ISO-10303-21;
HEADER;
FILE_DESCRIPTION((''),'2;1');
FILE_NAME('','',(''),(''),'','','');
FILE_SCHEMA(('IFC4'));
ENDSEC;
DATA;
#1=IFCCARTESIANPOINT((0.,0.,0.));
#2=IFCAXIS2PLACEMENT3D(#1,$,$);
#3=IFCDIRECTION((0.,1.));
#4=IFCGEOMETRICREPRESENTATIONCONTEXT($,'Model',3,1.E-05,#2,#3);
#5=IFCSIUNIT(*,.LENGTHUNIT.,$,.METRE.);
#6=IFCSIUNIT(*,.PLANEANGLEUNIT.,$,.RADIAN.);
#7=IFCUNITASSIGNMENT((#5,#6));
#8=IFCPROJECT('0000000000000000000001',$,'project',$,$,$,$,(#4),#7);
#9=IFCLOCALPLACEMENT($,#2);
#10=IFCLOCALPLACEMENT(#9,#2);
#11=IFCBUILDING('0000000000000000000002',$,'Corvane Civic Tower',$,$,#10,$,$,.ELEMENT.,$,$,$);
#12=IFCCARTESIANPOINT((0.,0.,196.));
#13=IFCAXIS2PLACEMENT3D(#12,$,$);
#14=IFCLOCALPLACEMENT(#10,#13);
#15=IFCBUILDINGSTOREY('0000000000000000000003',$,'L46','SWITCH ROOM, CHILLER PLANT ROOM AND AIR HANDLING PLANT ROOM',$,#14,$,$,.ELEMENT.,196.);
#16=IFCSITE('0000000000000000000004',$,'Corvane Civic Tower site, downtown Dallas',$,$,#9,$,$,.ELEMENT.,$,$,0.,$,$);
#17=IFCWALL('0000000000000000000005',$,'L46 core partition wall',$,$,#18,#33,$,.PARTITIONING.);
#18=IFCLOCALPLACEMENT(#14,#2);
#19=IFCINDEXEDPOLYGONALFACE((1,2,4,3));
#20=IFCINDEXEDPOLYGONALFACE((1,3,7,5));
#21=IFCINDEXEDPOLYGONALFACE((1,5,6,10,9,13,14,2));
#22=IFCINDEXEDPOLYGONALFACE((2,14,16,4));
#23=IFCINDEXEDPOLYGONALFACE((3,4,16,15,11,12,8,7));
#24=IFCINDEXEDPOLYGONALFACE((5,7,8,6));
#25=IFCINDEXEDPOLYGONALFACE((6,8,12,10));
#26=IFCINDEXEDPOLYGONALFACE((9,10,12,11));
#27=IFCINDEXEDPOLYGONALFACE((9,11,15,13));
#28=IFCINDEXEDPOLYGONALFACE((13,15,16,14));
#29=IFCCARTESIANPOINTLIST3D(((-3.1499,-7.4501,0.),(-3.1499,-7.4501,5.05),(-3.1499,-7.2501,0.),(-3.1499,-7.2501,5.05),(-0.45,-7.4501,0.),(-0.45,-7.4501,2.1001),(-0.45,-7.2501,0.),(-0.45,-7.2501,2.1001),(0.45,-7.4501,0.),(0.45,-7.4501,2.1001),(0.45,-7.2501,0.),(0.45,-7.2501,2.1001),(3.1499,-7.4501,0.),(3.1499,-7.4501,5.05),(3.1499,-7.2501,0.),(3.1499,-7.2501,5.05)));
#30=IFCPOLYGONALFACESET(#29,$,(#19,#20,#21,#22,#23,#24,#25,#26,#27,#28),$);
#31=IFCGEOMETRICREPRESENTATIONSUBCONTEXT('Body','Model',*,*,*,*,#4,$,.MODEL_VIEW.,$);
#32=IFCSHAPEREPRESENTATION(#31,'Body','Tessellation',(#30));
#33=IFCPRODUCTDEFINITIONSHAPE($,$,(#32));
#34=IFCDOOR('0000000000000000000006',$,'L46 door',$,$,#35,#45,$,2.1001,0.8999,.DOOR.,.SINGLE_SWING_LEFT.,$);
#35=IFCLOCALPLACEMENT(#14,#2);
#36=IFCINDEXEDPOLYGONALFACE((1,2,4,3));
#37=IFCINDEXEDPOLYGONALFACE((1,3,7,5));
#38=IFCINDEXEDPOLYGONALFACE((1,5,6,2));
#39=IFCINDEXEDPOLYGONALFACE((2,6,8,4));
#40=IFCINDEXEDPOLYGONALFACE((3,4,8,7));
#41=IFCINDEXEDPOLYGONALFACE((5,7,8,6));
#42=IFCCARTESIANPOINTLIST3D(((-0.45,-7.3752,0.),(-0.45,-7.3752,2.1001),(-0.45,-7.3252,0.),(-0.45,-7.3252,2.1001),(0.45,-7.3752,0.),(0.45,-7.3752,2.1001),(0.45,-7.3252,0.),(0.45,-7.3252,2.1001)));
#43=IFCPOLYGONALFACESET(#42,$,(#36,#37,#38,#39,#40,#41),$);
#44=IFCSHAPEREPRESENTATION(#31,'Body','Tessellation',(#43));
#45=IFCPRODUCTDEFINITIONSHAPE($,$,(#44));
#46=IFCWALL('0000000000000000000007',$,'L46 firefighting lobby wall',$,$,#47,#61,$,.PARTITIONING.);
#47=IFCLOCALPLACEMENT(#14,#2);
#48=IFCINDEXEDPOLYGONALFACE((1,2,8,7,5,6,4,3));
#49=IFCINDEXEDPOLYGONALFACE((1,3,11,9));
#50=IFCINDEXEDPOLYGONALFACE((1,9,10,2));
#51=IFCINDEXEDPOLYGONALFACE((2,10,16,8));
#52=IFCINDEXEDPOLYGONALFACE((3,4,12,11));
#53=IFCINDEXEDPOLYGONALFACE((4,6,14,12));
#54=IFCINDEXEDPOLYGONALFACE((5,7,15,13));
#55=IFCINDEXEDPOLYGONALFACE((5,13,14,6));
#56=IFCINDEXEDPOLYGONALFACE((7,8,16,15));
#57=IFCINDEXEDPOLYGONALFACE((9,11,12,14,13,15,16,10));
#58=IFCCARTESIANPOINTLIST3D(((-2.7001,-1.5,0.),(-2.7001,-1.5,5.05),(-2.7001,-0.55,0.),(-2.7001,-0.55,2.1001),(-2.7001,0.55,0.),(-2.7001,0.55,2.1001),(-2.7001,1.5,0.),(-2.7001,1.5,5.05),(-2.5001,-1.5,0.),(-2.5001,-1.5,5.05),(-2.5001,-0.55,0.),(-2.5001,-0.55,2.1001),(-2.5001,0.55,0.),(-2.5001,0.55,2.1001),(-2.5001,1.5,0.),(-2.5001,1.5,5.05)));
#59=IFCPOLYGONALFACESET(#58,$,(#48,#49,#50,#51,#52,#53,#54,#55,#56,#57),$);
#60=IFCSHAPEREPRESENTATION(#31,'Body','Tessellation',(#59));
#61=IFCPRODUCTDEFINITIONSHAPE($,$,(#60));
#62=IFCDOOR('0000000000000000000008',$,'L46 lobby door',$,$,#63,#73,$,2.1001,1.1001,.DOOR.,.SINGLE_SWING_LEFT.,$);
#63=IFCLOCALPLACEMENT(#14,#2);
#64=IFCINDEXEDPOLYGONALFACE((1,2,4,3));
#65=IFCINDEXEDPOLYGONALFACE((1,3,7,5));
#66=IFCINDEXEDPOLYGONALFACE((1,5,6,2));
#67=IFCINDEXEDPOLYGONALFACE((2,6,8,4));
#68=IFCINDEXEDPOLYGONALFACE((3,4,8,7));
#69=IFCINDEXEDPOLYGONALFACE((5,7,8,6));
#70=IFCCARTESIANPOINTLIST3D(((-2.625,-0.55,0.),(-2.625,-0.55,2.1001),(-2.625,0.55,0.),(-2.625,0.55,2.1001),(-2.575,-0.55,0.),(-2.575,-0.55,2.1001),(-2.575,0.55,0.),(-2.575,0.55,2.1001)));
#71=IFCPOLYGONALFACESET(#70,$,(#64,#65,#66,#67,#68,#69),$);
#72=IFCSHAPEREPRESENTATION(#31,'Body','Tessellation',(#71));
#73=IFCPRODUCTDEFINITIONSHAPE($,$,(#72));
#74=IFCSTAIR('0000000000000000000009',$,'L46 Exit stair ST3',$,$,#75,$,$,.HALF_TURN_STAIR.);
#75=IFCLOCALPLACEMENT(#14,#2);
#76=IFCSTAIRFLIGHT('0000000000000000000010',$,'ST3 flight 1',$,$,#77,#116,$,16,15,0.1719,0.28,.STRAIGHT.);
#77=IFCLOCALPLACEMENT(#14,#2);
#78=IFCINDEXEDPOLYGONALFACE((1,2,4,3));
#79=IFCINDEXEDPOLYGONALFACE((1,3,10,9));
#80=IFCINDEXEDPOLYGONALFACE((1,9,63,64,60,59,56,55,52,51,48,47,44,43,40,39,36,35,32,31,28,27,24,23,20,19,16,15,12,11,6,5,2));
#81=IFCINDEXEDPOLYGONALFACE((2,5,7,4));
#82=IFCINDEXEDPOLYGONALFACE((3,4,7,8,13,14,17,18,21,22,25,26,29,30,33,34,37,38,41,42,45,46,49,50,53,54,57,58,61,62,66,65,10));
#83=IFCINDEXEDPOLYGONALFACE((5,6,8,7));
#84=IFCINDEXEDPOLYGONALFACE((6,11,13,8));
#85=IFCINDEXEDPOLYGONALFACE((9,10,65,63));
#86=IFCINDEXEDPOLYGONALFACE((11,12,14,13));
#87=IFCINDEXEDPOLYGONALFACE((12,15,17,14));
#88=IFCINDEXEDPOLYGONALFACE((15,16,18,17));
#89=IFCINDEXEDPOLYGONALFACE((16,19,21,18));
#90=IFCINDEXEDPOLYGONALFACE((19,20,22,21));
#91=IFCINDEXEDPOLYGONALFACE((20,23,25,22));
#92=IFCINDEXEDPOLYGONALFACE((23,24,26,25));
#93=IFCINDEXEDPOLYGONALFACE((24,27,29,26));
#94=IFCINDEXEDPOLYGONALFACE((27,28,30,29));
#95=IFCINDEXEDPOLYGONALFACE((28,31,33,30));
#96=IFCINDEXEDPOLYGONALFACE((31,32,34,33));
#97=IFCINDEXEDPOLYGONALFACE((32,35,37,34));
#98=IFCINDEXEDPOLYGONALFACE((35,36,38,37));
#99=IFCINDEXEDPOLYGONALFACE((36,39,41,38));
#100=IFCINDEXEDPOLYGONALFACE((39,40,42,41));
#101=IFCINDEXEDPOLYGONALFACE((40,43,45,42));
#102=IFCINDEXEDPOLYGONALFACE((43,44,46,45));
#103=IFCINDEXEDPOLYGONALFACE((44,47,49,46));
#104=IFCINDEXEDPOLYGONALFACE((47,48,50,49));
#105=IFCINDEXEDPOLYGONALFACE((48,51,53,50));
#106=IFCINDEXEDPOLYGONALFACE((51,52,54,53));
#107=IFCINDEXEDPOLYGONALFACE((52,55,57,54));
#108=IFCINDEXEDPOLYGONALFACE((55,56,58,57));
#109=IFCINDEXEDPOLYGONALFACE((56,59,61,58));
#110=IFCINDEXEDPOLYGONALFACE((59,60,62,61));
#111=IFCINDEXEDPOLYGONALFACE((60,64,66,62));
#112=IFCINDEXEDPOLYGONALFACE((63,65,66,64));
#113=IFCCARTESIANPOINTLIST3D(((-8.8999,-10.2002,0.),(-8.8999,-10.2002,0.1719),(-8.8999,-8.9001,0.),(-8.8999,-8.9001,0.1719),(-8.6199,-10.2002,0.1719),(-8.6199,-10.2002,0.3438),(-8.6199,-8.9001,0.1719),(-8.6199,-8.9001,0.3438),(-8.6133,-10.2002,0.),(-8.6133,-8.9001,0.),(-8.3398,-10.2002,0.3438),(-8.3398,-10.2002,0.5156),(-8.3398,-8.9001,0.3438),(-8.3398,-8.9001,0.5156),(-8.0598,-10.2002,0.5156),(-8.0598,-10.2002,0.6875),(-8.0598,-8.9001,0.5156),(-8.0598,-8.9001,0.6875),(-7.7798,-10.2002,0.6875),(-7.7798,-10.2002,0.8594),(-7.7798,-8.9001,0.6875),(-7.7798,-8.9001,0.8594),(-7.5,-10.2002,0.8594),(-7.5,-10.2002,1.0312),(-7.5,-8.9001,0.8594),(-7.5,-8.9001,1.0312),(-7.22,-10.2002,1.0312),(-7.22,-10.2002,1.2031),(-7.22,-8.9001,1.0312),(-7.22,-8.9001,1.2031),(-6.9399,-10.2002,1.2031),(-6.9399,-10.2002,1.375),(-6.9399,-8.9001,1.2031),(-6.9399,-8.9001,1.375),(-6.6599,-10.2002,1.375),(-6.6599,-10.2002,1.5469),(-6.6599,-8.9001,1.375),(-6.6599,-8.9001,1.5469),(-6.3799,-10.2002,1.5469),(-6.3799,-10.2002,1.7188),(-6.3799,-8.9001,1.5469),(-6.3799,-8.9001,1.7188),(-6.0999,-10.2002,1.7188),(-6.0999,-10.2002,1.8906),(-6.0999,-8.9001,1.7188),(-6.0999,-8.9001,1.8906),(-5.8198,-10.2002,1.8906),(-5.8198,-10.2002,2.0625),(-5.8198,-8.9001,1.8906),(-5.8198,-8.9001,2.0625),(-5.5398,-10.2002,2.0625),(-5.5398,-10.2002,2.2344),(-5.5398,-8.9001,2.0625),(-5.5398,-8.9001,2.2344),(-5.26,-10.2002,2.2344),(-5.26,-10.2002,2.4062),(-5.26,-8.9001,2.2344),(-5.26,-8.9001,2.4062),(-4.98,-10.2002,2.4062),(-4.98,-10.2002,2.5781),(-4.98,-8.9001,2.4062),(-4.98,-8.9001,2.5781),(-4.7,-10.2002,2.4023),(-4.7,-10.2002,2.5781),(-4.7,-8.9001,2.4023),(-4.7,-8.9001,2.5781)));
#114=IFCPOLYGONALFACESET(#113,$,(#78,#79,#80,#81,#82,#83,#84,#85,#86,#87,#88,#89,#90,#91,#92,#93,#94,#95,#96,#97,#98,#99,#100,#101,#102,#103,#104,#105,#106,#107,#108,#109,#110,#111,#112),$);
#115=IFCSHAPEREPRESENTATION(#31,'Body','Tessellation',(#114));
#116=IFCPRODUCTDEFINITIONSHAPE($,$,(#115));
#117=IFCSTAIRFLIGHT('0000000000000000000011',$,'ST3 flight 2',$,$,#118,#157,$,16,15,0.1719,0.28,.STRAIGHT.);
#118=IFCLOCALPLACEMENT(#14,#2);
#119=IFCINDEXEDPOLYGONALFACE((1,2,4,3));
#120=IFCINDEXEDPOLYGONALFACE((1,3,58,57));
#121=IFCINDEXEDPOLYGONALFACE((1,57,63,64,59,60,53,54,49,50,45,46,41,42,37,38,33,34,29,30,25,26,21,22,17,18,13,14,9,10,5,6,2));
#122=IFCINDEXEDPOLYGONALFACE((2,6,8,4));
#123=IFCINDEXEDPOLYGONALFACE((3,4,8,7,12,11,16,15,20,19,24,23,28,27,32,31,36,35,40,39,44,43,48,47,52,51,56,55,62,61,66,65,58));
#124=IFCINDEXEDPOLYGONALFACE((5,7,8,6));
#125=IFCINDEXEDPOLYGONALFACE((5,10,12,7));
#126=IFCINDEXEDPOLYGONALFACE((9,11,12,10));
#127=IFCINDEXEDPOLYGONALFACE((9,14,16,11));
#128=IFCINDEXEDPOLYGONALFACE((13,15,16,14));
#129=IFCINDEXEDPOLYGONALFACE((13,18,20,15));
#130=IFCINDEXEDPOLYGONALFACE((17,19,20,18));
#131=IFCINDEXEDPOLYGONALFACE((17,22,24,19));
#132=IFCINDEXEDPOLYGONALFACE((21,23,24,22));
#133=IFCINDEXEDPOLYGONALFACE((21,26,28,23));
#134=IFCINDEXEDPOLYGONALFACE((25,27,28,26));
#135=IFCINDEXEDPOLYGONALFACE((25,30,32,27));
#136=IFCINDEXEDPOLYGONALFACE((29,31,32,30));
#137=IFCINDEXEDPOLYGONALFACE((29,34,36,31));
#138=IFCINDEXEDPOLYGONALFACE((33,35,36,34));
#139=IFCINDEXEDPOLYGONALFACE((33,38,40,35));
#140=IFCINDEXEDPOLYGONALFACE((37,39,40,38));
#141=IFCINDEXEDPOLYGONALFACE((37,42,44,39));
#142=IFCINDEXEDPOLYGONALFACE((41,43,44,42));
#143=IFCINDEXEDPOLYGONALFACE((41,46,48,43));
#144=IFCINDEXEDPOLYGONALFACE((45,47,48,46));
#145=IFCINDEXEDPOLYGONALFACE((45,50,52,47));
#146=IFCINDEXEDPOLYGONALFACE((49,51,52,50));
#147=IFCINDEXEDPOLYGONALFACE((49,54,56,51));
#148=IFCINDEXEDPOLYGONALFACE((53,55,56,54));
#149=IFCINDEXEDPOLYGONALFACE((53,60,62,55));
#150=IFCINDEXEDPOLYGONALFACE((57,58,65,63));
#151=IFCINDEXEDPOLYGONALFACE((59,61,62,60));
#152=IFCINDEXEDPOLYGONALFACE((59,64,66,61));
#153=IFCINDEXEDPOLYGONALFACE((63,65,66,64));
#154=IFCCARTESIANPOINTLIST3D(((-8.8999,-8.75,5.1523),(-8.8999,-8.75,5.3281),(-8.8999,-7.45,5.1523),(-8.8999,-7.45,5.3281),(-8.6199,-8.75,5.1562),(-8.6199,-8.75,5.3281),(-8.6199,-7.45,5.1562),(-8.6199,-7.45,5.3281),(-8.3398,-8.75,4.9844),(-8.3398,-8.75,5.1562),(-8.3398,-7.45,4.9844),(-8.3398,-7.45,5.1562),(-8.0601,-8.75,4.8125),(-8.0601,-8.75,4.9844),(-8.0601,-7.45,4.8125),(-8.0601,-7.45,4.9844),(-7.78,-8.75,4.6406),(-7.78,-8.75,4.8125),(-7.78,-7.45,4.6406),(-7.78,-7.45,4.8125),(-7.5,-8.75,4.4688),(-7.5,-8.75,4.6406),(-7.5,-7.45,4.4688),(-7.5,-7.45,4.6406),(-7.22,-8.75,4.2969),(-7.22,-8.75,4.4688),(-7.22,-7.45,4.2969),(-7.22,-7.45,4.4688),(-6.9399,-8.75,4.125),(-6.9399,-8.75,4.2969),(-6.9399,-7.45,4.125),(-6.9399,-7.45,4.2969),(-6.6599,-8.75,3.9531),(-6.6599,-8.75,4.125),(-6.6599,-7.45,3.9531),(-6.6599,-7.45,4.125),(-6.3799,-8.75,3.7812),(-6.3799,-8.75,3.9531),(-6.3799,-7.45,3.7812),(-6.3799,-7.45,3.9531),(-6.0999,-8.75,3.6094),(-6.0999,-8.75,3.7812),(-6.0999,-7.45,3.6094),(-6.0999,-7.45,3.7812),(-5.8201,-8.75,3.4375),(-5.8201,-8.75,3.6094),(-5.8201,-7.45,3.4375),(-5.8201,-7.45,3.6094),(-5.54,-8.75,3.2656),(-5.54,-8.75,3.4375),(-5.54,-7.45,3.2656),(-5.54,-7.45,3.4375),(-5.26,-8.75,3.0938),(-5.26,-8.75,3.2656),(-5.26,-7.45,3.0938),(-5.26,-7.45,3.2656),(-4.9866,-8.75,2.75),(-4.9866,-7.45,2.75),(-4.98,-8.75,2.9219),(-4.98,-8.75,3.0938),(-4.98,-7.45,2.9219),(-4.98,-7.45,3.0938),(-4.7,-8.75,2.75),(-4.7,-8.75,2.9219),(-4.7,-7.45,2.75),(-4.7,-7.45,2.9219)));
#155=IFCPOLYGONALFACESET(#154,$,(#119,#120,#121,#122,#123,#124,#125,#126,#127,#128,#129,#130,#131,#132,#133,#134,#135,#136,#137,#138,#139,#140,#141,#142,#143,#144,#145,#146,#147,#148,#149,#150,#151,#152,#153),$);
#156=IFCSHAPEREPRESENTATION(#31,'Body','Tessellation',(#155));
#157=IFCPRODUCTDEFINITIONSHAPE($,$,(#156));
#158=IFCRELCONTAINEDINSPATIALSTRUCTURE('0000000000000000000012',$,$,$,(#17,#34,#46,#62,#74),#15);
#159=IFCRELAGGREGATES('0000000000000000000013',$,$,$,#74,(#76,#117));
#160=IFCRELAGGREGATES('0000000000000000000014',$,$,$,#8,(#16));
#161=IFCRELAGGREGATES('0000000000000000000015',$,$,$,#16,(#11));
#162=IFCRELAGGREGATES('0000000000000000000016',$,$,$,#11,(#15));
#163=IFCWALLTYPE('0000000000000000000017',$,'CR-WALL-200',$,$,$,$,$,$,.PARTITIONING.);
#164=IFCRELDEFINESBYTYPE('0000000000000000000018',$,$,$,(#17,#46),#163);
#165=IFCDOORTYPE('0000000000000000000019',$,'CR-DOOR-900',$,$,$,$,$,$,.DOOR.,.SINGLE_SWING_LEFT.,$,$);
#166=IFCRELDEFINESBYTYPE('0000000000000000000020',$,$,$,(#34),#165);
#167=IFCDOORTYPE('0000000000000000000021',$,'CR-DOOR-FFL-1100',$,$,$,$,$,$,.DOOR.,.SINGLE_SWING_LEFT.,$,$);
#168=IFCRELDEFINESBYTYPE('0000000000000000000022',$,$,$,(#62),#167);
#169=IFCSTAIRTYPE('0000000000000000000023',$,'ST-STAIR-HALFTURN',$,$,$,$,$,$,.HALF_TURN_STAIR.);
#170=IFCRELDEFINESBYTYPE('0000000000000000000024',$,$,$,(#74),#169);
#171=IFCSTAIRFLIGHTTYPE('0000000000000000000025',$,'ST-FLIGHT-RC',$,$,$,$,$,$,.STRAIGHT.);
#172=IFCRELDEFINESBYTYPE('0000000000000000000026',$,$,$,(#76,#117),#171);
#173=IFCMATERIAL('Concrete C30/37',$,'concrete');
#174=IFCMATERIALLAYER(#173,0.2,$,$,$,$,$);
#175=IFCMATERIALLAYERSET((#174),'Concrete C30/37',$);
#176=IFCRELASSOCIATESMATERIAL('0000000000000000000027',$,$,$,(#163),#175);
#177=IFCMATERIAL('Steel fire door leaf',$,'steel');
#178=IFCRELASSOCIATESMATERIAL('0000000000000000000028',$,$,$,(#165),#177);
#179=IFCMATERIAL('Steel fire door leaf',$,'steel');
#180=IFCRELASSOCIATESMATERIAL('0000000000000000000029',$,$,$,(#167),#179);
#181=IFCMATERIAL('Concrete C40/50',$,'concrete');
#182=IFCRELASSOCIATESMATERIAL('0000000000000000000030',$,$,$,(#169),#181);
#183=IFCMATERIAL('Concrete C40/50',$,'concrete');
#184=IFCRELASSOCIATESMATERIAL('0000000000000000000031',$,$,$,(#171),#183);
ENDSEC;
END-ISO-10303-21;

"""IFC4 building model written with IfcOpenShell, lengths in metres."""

from ifc_helpers import new_model, si_unit, direction, frame, frame_2d, origin, place, context, subcontext, project, spatial, polyline, rectangle, outline, extrude, material, layer, layer_set, type_object, element, fill, aggregate, save


model = new_model("IFC4")

# Units and contexts
model_context = context("Model", 3, precision=1e-05, world=origin(), true_north=direction((0.0, 1.0)))
body_context = subcontext(model_context, "Body", "Model", "MODEL_VIEW")
ifc_project = project(units=[si_unit("LENGTHUNIT", "METRE"), si_unit("PLANEANGLEUNIT", "RADIAN")], contexts=[model_context])

# Site, building, storey
site_placement = place(None, origin())
site = spatial("IfcSite", under=ifc_project, at=site_placement, Name="Corvane Civic Tower site, downtown Dallas", CompositionType="ELEMENT", RefElevation=0.0)
building_placement = place(site_placement, origin())
building = spatial("IfcBuilding", under=site, at=building_placement, Name="Corvane Civic Tower", CompositionType="ELEMENT")
storey_placement = place(building_placement, frame((0.0, 0.0, 196.0)))
storey = spatial("IfcBuildingStorey", under=building, at=storey_placement, Name="L46", Description="SWITCH ROOM, CHILLER PLANT ROOM AND AIR HANDLING PLANT ROOM", CompositionType="ELEMENT", Elevation=196.0)

# Walls, openings, doors
ifc_material_1 = material(Name="Concrete C30/37", Category="concrete")
ifc_layer_1 = layer(ifc_material_1, 0.2)
ifc_layer_set_1 = layer_set([ifc_layer_1], Name="Concrete C30/37")
wall_type = type_object("IfcWallType", Name="CR-WALL-200", PredefinedType="PARTITIONING", material=ifc_layer_set_1)
ifc_material_2 = material(Name="Steel fire door leaf", Category="steel")
door_type_1 = type_object("IfcDoorType", Name="CR-DOOR-900", OperationType="SINGLE_SWING_LEFT", PredefinedType="DOOR", material=ifc_material_2)
wall_1_placement = place(storey_placement, frame((-3.1499, -7.3501, 0.0), z_axis=(0.0, 0.0, 1.0), x_axis=(1.0, 0.0, 0.0)))
wall_1 = element("IfcWall", 1, at=wall_1_placement, inside=storey, type_object=wall_type, Name="L46 core partition wall", PredefinedType="PARTITIONING", context=body_context, shape_type="SweptSolid", body=[
    extrude(rectangle(XDim=6.2998, YDim=0.2, at=frame_2d((3.1499, 0.0))), origin(), (0.0, 0.0, 1.0), 5.05),
])
opening_1_placement = place(wall_1_placement, frame((2.7, 0.0, 0.0)))
opening_1 = element("IfcOpeningElement", 2, at=opening_1_placement, cuts=wall_1, PredefinedType="OPENING", context=body_context, shape_type="SweptSolid", body=[
    extrude(rectangle(XDim=0.8999, YDim=2.1001, at=frame_2d((0.45, 1.05))), frame((0.0, 0.1099, 0.0), z_axis=(0.0, -1.0, 0.0), x_axis=(1.0, 0.0, 0.0)), (0.0, 0.0, 1.0), 0.22),
])
door_1_placement = place(opening_1_placement, origin())
door_1 = element("IfcDoor", 3, at=door_1_placement, inside=storey, type_object=door_type_1, Name="L46 door", OperationType="SINGLE_SWING_LEFT", OverallHeight=2.1001, OverallWidth=0.8999, PredefinedType="DOOR", context=body_context, shape_type="SweptSolid", body=[
    extrude(rectangle(XDim=0.8999, YDim=2.1001, at=frame_2d((0.45, 1.05))), frame((0.0, 0.0249, 0.0), z_axis=(0.0, -1.0, 0.0), x_axis=(1.0, 0.0, 0.0)), (0.0, 0.0, 1.0), 0.05),
])
fill(opening_1, door_1)
wall_2_placement = place(storey_placement, frame((-2.6001, -1.5, 0.0), z_axis=(0.0, 0.0, 1.0), x_axis=(0.0, 1.0, 0.0)))
wall_2 = element("IfcWall", 4, at=wall_2_placement, inside=storey, type_object=wall_type, Name="L46 firefighting lobby wall", PredefinedType="PARTITIONING", context=body_context, shape_type="SweptSolid", body=[
    extrude(rectangle(XDim=3.0, YDim=0.2, at=frame_2d((1.5, 0.0))), origin(), (0.0, 0.0, 1.0), 5.05),
])
opening_2_placement = place(wall_2_placement, frame((0.95, 0.0, 0.0)))
opening_2 = element("IfcOpeningElement", 5, at=opening_2_placement, cuts=wall_2, PredefinedType="OPENING", context=body_context, shape_type="SweptSolid", body=[
    extrude(rectangle(XDim=1.1001, YDim=2.1001, at=frame_2d((0.55, 1.05))), frame((0.0, 0.1099, 0.0), z_axis=(0.0, -1.0, 0.0), x_axis=(1.0, 0.0, 0.0)), (0.0, 0.0, 1.0), 0.22),
])
ifc_material_3 = material(Name="Steel fire door leaf", Category="steel")
door_type_2 = type_object("IfcDoorType", Name="CR-DOOR-FFL-1100", OperationType="SINGLE_SWING_LEFT", PredefinedType="DOOR", material=ifc_material_3)
door_2_placement = place(opening_2_placement, origin())
door_2 = element("IfcDoor", 6, at=door_2_placement, inside=storey, type_object=door_type_2, Name="L46 lobby door", OperationType="SINGLE_SWING_LEFT", OverallHeight=2.1001, OverallWidth=1.1001, PredefinedType="DOOR", context=body_context, shape_type="SweptSolid", body=[
    extrude(rectangle(XDim=1.1001, YDim=2.1001, at=frame_2d((0.55, 1.05))), frame((0.0, 0.0249, 0.0), z_axis=(0.0, -1.0, 0.0), x_axis=(1.0, 0.0, 0.0)), (0.0, 0.0, 1.0), 0.05),
])
fill(opening_2, door_2)

# Stair, stair flights
ifc_material_4 = material(Name="Concrete C40/50", Category="concrete")
stair_type = type_object("IfcStairType", Name="ST-STAIR-HALFTURN", PredefinedType="HALF_TURN_STAIR", material=ifc_material_4)
stair_placement = place(storey_placement, origin())
stair = element("IfcStair", 7, at=stair_placement, inside=storey, type_object=stair_type, Name="L46 Exit stair ST3", PredefinedType="HALF_TURN_STAIR")
ifc_material_5 = material(Name="Concrete C40/50", Category="concrete")
stair_flight_type = type_object("IfcStairFlightType", Name="ST-FLIGHT-RC", PredefinedType="STRAIGHT", material=ifc_material_5)
stair_flight_1_placement = place(storey_placement, frame((-8.8999, -9.55, 0.0), z_axis=(0.0, 0.0, 1.0), x_axis=(1.0, 0.0, 0.0)))
stair_flight_1 = element("IfcStairFlight", 8, at=stair_flight_1_placement, type_object=stair_flight_type, Name="ST3 flight 1", NumberOfRisers=16, NumberOfTreads=15, PredefinedType="STRAIGHT", RiserHeight=0.1719, TreadLength=0.28, context=body_context, shape_type="SweptSolid", body=[
    extrude(outline(polyline([(0.0, 0.0), (0.0, 0.1719), (0.28, 0.1719), (0.28, 0.3438), (0.5601, 0.3438), (0.5601, 0.5156), (0.8401, 0.5156), (0.8401, 0.6875), (1.1201, 0.6875), (1.1201, 0.8594), (1.3999, 0.8594), (1.3999, 1.0312), (1.6799, 1.0312), (1.6799, 1.2031), (1.96, 1.2031), (1.96, 1.375), (2.24, 1.375), (2.24, 1.5469), (2.52, 1.5469), (2.52, 1.7188), (2.8, 1.7188), (2.8, 1.8906), (3.0801, 1.8906), (3.0801, 2.0625), (3.3601, 2.0625), (3.3601, 2.2344), (3.6399, 2.2344), (3.6399, 2.4062), (3.9199, 2.4062), (3.9199, 2.5781), (4.2, 2.5781), (4.2, 2.75), (4.2, 2.4023), (0.2866, 0.0), (0.0, 0.0)])), frame((0.0, 0.6499, 0.0), z_axis=(0.0, -1.0, 0.0), x_axis=(1.0, 0.0, 0.0)), (0.0, 0.0, 1.0), 1.3),
])
stair_flight_2_placement = place(storey_placement, frame((-4.7, -8.1001, 2.75), z_axis=(0.0, 0.0, 1.0), x_axis=(-1.0, 0.0, 0.0)))
stair_flight_2 = element("IfcStairFlight", 9, at=stair_flight_2_placement, type_object=stair_flight_type, Name="ST3 flight 2", NumberOfRisers=16, NumberOfTreads=15, PredefinedType="STRAIGHT", RiserHeight=0.1719, TreadLength=0.28, context=body_context, shape_type="SweptSolid", body=[
    extrude(outline(polyline([(0.0, 0.0), (0.0, 0.1719), (0.28, 0.1719), (0.28, 0.3438), (0.5601, 0.3438), (0.5601, 0.5156), (0.8401, 0.5156), (0.8401, 0.6875), (1.1201, 0.6875), (1.1201, 0.8594), (1.3999, 0.8594), (1.3999, 1.0312), (1.6799, 1.0312), (1.6799, 1.2031), (1.96, 1.2031), (1.96, 1.375), (2.24, 1.375), (2.24, 1.5469), (2.52, 1.5469), (2.52, 1.7188), (2.8, 1.7188), (2.8, 1.8906), (3.0801, 1.8906), (3.0801, 2.0625), (3.3601, 2.0625), (3.3601, 2.2344), (3.6399, 2.2344), (3.6399, 2.4062), (3.9199, 2.4062), (3.9199, 2.5781), (4.2, 2.5781), (4.2, 2.75), (4.2, 2.4023), (0.2866, 0.0), (0.0, 0.0)])), frame((0.0, 0.6499, 0.0), z_axis=(0.0, -1.0, 0.0), x_axis=(1.0, 0.0, 0.0)), (0.0, 0.0, 1.0), 1.3),
])
aggregate(stair, [stair_flight_1, stair_flight_2])

save(model, "model.ifc")
